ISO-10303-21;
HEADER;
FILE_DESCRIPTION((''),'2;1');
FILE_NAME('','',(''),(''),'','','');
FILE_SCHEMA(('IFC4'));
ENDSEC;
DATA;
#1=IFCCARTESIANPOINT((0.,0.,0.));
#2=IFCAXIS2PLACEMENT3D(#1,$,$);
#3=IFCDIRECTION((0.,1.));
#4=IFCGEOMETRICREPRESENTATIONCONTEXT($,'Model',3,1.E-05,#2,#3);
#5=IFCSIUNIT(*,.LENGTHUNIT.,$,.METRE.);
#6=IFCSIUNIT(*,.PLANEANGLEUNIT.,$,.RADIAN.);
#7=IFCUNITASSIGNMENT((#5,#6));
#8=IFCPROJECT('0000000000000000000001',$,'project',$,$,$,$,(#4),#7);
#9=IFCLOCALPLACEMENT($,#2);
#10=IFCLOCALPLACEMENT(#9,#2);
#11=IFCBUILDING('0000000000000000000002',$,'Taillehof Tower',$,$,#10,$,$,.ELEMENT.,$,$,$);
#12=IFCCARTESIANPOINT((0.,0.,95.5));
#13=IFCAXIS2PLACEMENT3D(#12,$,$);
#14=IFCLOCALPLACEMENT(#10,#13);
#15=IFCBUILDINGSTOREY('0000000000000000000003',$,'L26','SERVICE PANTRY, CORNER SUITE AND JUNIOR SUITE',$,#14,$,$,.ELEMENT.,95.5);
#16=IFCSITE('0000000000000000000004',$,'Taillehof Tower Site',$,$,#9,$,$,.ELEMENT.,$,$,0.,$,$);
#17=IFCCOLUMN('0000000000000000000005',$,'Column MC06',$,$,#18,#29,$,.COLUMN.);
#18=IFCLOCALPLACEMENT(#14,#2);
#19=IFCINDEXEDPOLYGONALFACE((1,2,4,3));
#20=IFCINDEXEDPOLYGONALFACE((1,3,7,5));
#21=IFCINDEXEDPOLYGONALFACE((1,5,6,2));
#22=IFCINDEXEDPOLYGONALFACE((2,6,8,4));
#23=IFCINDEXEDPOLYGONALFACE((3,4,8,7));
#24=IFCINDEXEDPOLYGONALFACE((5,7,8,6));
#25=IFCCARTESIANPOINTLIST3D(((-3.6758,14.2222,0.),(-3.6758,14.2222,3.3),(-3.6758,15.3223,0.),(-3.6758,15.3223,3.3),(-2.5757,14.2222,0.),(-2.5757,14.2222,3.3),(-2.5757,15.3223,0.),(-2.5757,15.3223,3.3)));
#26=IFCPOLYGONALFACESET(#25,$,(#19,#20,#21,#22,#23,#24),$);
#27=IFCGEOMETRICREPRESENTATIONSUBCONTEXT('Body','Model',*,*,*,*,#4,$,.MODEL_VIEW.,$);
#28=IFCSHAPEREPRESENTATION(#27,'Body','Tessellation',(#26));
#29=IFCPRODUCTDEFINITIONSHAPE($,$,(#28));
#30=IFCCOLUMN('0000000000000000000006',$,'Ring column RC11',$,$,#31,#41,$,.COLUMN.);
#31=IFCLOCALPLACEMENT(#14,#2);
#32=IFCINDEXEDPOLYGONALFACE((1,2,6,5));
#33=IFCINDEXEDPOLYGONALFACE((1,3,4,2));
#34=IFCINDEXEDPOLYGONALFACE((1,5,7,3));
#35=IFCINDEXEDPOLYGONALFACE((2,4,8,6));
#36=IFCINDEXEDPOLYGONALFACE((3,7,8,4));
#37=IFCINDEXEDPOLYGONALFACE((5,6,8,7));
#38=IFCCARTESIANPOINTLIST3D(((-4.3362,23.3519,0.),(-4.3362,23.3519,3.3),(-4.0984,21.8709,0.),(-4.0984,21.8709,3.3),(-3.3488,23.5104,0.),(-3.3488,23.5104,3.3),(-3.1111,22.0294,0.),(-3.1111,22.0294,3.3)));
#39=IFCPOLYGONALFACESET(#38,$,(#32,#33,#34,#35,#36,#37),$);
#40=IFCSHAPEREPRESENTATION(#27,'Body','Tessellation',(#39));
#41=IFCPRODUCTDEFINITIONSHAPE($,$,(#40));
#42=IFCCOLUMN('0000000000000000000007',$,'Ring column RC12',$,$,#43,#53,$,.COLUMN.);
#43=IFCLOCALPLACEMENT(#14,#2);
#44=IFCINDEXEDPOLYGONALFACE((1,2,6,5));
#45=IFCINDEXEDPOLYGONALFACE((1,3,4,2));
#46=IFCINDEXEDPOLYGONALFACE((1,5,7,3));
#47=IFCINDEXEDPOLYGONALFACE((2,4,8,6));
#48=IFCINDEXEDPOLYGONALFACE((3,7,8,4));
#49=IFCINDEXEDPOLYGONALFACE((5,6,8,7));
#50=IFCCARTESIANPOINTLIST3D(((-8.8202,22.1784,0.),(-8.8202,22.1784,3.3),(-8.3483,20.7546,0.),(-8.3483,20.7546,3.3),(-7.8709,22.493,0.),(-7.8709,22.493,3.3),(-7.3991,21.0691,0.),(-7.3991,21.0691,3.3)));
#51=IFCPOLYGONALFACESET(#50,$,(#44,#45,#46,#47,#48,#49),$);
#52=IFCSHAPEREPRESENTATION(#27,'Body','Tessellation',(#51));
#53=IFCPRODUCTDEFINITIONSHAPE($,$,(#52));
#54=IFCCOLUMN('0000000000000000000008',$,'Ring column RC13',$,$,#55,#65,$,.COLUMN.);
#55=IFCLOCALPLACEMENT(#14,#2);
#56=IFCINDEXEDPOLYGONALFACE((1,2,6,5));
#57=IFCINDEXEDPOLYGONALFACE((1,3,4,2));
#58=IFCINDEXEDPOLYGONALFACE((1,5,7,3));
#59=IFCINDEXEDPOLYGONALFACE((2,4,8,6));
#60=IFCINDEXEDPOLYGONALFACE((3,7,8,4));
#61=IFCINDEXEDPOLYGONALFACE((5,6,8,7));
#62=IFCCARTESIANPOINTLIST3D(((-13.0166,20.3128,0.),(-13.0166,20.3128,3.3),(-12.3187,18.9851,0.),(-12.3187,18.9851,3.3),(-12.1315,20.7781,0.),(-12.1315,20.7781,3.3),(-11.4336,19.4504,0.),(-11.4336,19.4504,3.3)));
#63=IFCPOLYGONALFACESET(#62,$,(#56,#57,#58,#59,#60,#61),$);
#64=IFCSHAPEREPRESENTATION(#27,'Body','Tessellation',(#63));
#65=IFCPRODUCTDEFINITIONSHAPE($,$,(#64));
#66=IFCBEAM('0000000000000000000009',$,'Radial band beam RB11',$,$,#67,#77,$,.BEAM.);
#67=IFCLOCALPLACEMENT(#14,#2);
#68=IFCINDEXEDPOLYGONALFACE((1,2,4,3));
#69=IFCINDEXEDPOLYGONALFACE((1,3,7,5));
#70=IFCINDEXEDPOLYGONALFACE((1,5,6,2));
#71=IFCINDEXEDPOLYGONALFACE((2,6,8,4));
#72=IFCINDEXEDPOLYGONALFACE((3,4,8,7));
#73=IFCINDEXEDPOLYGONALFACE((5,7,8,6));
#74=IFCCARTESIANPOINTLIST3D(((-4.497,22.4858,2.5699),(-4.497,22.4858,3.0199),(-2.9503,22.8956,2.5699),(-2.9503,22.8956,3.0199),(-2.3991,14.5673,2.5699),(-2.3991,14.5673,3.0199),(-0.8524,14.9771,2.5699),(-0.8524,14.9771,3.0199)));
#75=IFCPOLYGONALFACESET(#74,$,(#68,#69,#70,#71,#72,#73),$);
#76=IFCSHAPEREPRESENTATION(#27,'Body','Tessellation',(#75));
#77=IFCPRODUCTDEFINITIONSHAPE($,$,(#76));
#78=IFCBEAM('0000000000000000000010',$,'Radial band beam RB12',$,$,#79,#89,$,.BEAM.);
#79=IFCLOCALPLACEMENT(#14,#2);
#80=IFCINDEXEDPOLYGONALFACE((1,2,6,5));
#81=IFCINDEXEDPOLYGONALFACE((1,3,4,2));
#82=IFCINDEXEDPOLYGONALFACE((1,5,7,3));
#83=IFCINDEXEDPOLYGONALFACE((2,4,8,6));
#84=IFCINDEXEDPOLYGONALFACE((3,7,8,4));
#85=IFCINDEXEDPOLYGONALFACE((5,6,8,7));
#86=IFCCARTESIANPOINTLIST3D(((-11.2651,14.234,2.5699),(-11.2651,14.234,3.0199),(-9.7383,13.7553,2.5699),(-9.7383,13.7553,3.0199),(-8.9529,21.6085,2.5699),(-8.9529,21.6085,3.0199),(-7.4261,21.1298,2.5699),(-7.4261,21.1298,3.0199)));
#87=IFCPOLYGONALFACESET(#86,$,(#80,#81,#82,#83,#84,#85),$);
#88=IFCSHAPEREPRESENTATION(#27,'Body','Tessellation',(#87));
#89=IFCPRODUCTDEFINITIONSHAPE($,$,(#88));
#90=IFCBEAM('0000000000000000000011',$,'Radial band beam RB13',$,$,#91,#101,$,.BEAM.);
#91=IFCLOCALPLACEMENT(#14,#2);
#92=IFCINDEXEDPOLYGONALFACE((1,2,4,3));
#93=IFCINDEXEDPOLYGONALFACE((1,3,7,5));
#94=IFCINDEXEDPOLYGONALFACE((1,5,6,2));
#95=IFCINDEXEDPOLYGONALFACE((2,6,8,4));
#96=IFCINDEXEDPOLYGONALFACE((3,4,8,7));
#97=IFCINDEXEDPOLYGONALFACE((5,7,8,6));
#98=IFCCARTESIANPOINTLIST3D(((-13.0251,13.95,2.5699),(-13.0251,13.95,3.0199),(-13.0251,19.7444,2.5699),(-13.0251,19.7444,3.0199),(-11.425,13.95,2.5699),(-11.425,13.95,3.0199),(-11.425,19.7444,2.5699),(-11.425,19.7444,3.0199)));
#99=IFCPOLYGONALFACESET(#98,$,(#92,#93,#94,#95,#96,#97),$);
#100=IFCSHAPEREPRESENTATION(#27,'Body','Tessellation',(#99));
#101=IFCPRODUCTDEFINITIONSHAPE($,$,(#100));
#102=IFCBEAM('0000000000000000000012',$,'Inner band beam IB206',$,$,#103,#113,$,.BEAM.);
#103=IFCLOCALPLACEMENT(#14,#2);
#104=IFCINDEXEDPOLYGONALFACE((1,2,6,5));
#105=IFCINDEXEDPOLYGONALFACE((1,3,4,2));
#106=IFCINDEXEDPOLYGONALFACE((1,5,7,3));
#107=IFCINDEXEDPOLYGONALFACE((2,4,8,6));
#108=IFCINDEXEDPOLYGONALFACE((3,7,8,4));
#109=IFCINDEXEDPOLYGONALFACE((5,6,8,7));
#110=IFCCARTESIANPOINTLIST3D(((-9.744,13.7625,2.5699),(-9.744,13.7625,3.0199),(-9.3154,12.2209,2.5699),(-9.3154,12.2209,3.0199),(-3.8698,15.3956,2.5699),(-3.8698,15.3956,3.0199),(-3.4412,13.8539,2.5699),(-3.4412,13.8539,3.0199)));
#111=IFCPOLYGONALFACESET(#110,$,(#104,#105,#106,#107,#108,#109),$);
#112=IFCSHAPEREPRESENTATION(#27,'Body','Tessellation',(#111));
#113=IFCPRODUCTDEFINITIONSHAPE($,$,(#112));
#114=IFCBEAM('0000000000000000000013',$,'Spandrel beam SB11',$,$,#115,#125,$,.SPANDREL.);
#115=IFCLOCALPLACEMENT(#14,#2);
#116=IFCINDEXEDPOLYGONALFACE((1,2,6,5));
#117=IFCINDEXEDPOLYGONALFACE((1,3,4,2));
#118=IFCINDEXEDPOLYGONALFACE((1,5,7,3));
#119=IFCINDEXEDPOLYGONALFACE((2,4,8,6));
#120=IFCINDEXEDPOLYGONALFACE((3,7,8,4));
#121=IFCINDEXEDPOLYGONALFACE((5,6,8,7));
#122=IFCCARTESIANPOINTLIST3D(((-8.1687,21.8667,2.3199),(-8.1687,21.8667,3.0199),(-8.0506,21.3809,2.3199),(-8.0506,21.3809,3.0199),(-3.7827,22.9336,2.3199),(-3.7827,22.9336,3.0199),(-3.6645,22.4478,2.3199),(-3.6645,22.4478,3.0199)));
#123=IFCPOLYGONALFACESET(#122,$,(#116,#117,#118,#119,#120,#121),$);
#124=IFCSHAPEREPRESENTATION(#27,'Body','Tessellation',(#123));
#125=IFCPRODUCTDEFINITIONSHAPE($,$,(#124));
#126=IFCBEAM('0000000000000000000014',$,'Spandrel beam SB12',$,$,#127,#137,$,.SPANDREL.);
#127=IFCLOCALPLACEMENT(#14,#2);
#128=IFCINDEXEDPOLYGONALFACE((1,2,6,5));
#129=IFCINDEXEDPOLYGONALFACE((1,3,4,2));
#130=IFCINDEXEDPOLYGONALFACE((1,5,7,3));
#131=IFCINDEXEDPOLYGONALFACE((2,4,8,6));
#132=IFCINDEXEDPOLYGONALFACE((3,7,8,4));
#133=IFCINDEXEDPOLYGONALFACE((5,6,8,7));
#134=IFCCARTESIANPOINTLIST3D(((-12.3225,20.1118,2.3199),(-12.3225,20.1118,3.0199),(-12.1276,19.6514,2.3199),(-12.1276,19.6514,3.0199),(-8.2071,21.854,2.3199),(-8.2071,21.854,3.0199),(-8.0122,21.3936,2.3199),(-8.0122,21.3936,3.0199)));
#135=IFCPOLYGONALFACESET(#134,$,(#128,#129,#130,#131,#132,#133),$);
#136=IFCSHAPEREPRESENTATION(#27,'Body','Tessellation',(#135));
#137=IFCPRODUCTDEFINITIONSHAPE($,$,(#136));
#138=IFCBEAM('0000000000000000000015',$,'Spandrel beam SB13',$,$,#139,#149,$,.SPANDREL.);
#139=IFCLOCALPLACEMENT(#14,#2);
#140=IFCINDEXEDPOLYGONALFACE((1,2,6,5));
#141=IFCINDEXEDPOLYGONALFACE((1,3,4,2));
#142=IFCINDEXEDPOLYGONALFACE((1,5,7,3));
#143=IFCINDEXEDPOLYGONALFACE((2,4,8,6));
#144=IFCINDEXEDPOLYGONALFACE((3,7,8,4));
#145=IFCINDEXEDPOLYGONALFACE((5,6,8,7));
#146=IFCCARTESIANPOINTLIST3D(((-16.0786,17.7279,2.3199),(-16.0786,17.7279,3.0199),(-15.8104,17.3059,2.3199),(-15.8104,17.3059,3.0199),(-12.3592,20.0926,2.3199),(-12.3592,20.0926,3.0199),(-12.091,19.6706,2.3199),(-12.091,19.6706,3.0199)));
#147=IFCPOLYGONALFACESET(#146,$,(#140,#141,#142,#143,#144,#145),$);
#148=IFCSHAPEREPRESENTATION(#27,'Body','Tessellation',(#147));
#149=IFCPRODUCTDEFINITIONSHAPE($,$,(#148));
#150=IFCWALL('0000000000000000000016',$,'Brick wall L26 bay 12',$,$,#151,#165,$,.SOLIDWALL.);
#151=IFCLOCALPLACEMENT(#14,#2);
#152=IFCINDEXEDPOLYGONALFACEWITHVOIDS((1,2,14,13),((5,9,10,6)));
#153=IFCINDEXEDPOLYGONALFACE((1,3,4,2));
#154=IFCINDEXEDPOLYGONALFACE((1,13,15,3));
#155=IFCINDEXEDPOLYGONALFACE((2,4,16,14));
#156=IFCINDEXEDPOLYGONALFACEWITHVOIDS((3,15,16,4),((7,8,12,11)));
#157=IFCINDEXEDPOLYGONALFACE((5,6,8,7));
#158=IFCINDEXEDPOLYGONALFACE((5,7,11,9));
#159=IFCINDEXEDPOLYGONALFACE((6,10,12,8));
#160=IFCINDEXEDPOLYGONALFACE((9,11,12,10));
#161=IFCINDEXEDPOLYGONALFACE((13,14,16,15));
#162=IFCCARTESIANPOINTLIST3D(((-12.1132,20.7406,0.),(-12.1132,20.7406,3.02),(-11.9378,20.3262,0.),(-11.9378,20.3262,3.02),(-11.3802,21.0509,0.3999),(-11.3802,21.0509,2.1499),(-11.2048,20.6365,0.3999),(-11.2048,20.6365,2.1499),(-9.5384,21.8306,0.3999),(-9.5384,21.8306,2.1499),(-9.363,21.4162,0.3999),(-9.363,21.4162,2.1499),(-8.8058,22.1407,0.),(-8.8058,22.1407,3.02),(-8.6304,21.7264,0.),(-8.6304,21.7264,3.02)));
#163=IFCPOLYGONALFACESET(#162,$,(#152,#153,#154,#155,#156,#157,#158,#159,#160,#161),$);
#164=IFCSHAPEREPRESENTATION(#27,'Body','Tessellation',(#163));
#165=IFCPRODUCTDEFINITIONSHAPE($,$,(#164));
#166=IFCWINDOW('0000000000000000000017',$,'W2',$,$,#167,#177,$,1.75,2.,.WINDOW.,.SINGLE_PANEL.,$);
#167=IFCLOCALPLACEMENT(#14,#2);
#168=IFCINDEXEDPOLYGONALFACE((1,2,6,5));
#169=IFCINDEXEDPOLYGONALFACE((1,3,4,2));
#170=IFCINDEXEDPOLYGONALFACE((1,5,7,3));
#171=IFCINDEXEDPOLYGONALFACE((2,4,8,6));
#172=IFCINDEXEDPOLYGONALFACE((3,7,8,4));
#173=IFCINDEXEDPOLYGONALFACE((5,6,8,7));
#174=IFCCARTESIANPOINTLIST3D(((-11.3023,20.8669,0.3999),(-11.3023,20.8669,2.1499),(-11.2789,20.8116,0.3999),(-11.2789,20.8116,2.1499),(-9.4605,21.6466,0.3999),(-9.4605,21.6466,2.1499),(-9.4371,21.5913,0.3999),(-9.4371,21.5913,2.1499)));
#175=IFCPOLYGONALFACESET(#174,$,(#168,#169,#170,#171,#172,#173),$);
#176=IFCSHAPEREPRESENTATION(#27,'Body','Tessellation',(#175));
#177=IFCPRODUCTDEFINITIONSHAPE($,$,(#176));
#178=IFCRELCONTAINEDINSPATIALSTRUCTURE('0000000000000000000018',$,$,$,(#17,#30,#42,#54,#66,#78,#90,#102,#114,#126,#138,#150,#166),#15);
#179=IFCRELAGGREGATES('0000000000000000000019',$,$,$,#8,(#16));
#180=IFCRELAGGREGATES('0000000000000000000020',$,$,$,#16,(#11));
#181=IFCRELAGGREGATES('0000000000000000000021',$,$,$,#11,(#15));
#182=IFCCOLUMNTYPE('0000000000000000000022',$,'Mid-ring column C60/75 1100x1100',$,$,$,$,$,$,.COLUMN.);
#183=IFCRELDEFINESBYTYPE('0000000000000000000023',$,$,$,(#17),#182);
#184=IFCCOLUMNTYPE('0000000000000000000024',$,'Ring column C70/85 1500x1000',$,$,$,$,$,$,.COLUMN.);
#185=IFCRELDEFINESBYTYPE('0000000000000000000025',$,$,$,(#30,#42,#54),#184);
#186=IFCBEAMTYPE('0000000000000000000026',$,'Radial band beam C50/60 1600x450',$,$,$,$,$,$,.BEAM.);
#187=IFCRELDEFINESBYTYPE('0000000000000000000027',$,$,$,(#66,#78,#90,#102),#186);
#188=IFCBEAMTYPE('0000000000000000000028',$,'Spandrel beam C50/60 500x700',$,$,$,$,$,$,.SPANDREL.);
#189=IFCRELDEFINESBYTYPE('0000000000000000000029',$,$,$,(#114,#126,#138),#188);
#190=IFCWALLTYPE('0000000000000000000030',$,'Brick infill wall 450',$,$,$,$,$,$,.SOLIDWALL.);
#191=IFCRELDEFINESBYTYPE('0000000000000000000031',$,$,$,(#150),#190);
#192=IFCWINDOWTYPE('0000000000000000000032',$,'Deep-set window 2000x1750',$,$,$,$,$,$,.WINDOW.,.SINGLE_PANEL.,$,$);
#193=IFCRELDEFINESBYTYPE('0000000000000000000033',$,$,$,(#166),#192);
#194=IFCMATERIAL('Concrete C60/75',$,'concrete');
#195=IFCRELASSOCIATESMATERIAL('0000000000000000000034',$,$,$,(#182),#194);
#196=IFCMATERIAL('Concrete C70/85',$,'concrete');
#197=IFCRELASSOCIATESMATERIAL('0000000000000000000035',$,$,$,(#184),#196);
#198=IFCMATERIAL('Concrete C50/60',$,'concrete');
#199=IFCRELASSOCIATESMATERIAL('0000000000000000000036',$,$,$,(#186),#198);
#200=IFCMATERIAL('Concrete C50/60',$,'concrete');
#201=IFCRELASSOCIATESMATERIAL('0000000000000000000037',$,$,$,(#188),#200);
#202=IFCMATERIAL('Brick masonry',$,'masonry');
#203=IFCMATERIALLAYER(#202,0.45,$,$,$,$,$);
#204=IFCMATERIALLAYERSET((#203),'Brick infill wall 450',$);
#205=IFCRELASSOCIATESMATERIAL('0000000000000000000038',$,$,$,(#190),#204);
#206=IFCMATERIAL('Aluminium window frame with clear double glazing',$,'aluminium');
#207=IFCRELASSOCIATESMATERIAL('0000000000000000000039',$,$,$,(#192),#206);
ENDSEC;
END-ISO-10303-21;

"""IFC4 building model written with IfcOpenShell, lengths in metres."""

from ifc_helpers import new_model, si_unit, direction, frame, frame_2d, origin, origin_2d, place, context, subcontext, project, spatial, rectangle, extrude, material, layer, layer_set, material_profile, profile_set, type_object, element, fill, save


model = new_model("IFC4")

# Units and contexts
model_context = context("Model", 3, precision=1e-05, world=origin(), true_north=direction((0.0, 1.0)))
body_context = subcontext(model_context, "Body", "Model", "MODEL_VIEW")
ifc_project = project(units=[si_unit("LENGTHUNIT", "METRE"), si_unit("PLANEANGLEUNIT", "RADIAN")], contexts=[model_context])

# Site, building, storey
site_placement = place(None, origin())
site = spatial("IfcSite", under=ifc_project, at=site_placement, Name="Taillehof Tower Site", CompositionType="ELEMENT", RefElevation=0.0)
building_placement = place(site_placement, origin())
building = spatial("IfcBuilding", under=site, at=building_placement, Name="Taillehof Tower", CompositionType="ELEMENT")
storey_placement = place(building_placement, frame((0.0, 0.0, 95.5)))
storey = spatial("IfcBuildingStorey", under=building, at=storey_placement, Name="L26", Description="SERVICE PANTRY, CORNER SUITE AND JUNIOR SUITE", CompositionType="ELEMENT", Elevation=95.5)

# Columns
ifc_material_1 = material(Name="Concrete C60/75", Category="concrete")
ifc_material_profile_1 = material_profile(ifc_material_1, rectangle(XDim=1.1001, YDim=1.1001, at=origin_2d()), Name="RC 1100x1100")
ifc_profile_set_1 = profile_set([ifc_material_profile_1], Name="Concrete C60/75")
column_type_1 = type_object("IfcColumnType", Name="Mid-ring column C60/75 1100x1100", PredefinedType="COLUMN", material=ifc_profile_set_1)
column_placement = place(storey_placement, frame((-3.1257, 14.7722, 0.0), z_axis=(0.0, 0.0, 1.0), x_axis=(1.0, 0.0, 0.0)))
element("IfcColumn", 1, at=column_placement, inside=storey, type_object=column_type_1, Name="Column MC06", PredefinedType="COLUMN", context=body_context, shape_type="SweptSolid", body=[
    extrude(rectangle(XDim=1.1001, YDim=1.1001, at=origin_2d()), origin(), (0.0, 0.0, 1.0), 3.3),
])
ifc_material_2 = material(Name="Concrete C70/85", Category="concrete")
ifc_material_profile_2 = material_profile(ifc_material_2, rectangle(XDim=1.5, YDim=1.0, at=origin_2d()), Name="RC 1500x1000")
ifc_profile_set_2 = profile_set([ifc_material_profile_2], Name="Concrete C70/85")
column_type_2 = type_object("IfcColumnType", Name="Ring column C70/85 1500x1000", PredefinedType="COLUMN", material=ifc_profile_set_2)
for number, where, z_axis, x_axis, name in (
    (2, (-3.7236, 22.6907, 0.0), (0.0, 0.0, 1.0), (-0.158507, 0.987358, 0.0), "Ring column RC11"),
    (3, (-8.1096, 21.6238, 0.0), (0.0, 0.0, 1.0), (-0.314555, 0.949239, 0.0), "Ring column RC12"),
    (4, (-12.2251, 19.8816, 0.0), (0.0, 0.0, 1.0), (-0.465283, 0.885162, 0.0), "Ring column RC13"),
):
    element("IfcColumn", number, at=place(storey_placement, frame(where, z_axis=z_axis, x_axis=x_axis)), inside=storey, type_object=column_type_2, Name=name, PredefinedType="COLUMN", context=body_context, shape_type="SweptSolid", body=[
        extrude(rectangle(XDim=1.5, YDim=1.0, at=origin_2d()), origin(), (0.0, 0.0, 1.0), 3.3),
    ])

# Beams
ifc_material_3 = material(Name="Concrete C50/60", Category="concrete")
ifc_material_profile_3 = material_profile(ifc_material_3, rectangle(XDim=1.6001, YDim=0.45, at=origin_2d()), Name="RC 1600x450")
ifc_profile_set_3 = profile_set([ifc_material_profile_3], Name="Concrete C50/60")
beam_type_1 = type_object("IfcBeamType", Name="Radial band beam C50/60 1600x450", PredefinedType="BEAM", material=ifc_profile_set_3)
beam_1_placement = place(storey_placement, frame((-3.7236, 22.6907, 2.7949), z_axis=(0.256102, -0.96665, 0.0), x_axis=(0.96665, 0.256102, 0.0)))
element("IfcBeam", 5, at=beam_1_placement, inside=storey, type_object=beam_type_1, Name="Radial band beam RB11", PredefinedType="BEAM", context=body_context, shape_type="SweptSolid", body=[
    extrude(rectangle(XDim=1.6001, YDim=0.45, at=origin_2d()), origin(), (0.0, 0.0, 1.0), 8.1917),
])
beam_2_placement = place(storey_placement, frame((-8.1895, 21.3691, 2.7949), z_axis=(-0.299185, -0.954195, 0.0), x_axis=(0.954195, -0.299185, 0.0)))
element("IfcBeam", 6, at=beam_2_placement, inside=storey, type_object=beam_type_1, Name="Radial band beam RB12", PredefinedType="BEAM", context=body_context, shape_type="SweptSolid", body=[
    extrude(rectangle(XDim=1.6001, YDim=0.45, at=origin_2d()), origin(), (0.0, 0.0, 1.0), 7.7285),
])
beam_3_placement = place(storey_placement, frame((-12.2251, 19.7444, 2.7949), z_axis=(0.0, -1.0, 0.0), x_axis=(1.0, 0.0, 0.0)))
element("IfcBeam", 7, at=beam_3_placement, inside=storey, type_object=beam_type_1, Name="Radial band beam RB13", PredefinedType="BEAM", context=body_context, shape_type="SweptSolid", body=[
    extrude(rectangle(XDim=1.6001, YDim=0.45, at=origin_2d()), origin(), (0.0, 0.0, 1.0), 5.7944),
])
beam_4_placement = place(storey_placement, frame((-3.6555, 14.6248, 2.7949), z_axis=(-0.963459, -0.267855, 0.0), x_axis=(0.267855, -0.963459, 0.0)))
element("IfcBeam", 8, at=beam_4_placement, inside=storey, type_object=beam_type_1, Name="Inner band beam IB206", PredefinedType="BEAM", context=body_context, shape_type="SweptSolid", body=[
    extrude(rectangle(XDim=1.6001, YDim=0.45, at=origin_2d()), origin(), (0.0, 0.0, 1.0), 6.0969),
])
ifc_material_4 = material(Name="Concrete C50/60", Category="concrete")
ifc_material_profile_4 = material_profile(ifc_material_4, rectangle(XDim=0.5, YDim=0.7, at=origin_2d()), Name="RC 500x700")
ifc_profile_set_4 = profile_set([ifc_material_profile_4], Name="Concrete C50/60")
beam_type_2 = type_object("IfcBeamType", Name="Spandrel beam C50/60 500x700", PredefinedType="SPANDREL", material=ifc_profile_set_4)
beam_5_placement = place(storey_placement, frame((-3.7236, 22.6907, 2.6699), z_axis=(-0.971666, -0.236358, 0.0), x_axis=(0.236358, -0.971666, 0.0)))
element("IfcBeam", 9, at=beam_5_placement, inside=storey, type_object=beam_type_2, Name="Spandrel beam SB11", PredefinedType="SPANDREL", context=body_context, shape_type="SweptSolid", body=[
    extrude(rectangle(XDim=0.5, YDim=0.7, at=origin_2d()), origin(), (0.0, 0.0, 1.0), 4.5139),
])
beam_6_placement = place(storey_placement, frame((-8.1096, 21.6238, 2.6699), z_axis=(-0.920885, -0.389834, 0.0), x_axis=(0.389834, -0.920885, 0.0)))
element("IfcBeam", 10, at=beam_6_placement, inside=storey, type_object=beam_type_2, Name="Spandrel beam SB12", PredefinedType="SPANDREL", context=body_context, shape_type="SweptSolid", body=[
    extrude(rectangle(XDim=0.5, YDim=0.7, at=origin_2d()), origin(), (0.0, 0.0, 1.0), 4.469),
])
beam_7_placement = place(storey_placement, frame((-12.2251, 19.8816, 2.6699), z_axis=(-0.843887, -0.536521, 0.0), x_axis=(0.536521, -0.843887, 0.0)))
element("IfcBeam", 11, at=beam_7_placement, inside=storey, type_object=beam_type_2, Name="Spandrel beam SB13", PredefinedType="SPANDREL", context=body_context, shape_type="SweptSolid", body=[
    extrude(rectangle(XDim=0.5, YDim=0.7, at=origin_2d()), origin(), (0.0, 0.0, 1.0), 4.4075),
])

# Wall, opening, window
ifc_material_5 = material(Name="Brick masonry", Category="masonry")
ifc_layer_1 = layer(ifc_material_5, 0.45)
ifc_layer_set_1 = layer_set([ifc_layer_1], Name="Brick infill wall 450")
wall_type_1 = type_object("IfcWallType", Name="Brick infill wall 450", PredefinedType="SOLIDWALL", material=ifc_layer_set_1)
wall_1_placement = place(storey_placement, frame((-8.718, 21.9336, 0.0), z_axis=(0.0, 0.0, 1.0), x_axis=(-0.92088, -0.389846, 0.0)))
wall_1 = element("IfcWall", 12, at=wall_1_placement, inside=storey, type_object=wall_type_1, Name="Brick wall L26 bay 12", PredefinedType="SOLIDWALL", context=body_context, shape_type="SweptSolid", body=[
    extrude(rectangle(XDim=3.5916, YDim=0.45, at=frame_2d((1.7959, 0.0))), origin(), (0.0, 0.0, 1.0), 3.02),
])
opening_1_placement = place(wall_1_placement, frame((0.7957, 0.0, 0.3999)))
opening_1 = element("IfcOpeningElement", 13, at=opening_1_placement, cuts=wall_1, PredefinedType="OPENING", context=body_context, shape_type="SweptSolid", body=[
    extrude(rectangle(XDim=2.0, YDim=1.75, at=frame_2d((1.0, 0.875))), frame((0.0, 0.2349, 0.0), z_axis=(0.0, -1.0, 0.0), x_axis=(1.0, 0.0, 0.0)), (0.0, 0.0, 1.0), 0.47),
])
ifc_material_6 = material(Name="Aluminium window frame with clear double glazing", Category="aluminium")
window_type_1 = type_object("IfcWindowType", Name="Deep-set window 2000x1750", PartitioningType="SINGLE_PANEL", PredefinedType="WINDOW", material=ifc_material_6)
window_1_placement = place(opening_1_placement, origin())
window_1 = element("IfcWindow", 14, at=window_1_placement, inside=storey, type_object=window_type_1, Name="W2", OverallHeight=1.75, OverallWidth=2.0, PartitioningType="SINGLE_PANEL", PredefinedType="WINDOW", context=body_context, shape_type="SweptSolid", body=[
    extrude(rectangle(XDim=2.0, YDim=1.75, at=frame_2d((1.0, 0.875))), frame((0.0, 0.0349, 0.0), z_axis=(0.0, -1.0, 0.0), x_axis=(1.0, 0.0, 0.0)), (0.0, 0.0, 1.0), 0.0601),
])
fill(opening_1, window_1)

save(model, "model.ifc")
